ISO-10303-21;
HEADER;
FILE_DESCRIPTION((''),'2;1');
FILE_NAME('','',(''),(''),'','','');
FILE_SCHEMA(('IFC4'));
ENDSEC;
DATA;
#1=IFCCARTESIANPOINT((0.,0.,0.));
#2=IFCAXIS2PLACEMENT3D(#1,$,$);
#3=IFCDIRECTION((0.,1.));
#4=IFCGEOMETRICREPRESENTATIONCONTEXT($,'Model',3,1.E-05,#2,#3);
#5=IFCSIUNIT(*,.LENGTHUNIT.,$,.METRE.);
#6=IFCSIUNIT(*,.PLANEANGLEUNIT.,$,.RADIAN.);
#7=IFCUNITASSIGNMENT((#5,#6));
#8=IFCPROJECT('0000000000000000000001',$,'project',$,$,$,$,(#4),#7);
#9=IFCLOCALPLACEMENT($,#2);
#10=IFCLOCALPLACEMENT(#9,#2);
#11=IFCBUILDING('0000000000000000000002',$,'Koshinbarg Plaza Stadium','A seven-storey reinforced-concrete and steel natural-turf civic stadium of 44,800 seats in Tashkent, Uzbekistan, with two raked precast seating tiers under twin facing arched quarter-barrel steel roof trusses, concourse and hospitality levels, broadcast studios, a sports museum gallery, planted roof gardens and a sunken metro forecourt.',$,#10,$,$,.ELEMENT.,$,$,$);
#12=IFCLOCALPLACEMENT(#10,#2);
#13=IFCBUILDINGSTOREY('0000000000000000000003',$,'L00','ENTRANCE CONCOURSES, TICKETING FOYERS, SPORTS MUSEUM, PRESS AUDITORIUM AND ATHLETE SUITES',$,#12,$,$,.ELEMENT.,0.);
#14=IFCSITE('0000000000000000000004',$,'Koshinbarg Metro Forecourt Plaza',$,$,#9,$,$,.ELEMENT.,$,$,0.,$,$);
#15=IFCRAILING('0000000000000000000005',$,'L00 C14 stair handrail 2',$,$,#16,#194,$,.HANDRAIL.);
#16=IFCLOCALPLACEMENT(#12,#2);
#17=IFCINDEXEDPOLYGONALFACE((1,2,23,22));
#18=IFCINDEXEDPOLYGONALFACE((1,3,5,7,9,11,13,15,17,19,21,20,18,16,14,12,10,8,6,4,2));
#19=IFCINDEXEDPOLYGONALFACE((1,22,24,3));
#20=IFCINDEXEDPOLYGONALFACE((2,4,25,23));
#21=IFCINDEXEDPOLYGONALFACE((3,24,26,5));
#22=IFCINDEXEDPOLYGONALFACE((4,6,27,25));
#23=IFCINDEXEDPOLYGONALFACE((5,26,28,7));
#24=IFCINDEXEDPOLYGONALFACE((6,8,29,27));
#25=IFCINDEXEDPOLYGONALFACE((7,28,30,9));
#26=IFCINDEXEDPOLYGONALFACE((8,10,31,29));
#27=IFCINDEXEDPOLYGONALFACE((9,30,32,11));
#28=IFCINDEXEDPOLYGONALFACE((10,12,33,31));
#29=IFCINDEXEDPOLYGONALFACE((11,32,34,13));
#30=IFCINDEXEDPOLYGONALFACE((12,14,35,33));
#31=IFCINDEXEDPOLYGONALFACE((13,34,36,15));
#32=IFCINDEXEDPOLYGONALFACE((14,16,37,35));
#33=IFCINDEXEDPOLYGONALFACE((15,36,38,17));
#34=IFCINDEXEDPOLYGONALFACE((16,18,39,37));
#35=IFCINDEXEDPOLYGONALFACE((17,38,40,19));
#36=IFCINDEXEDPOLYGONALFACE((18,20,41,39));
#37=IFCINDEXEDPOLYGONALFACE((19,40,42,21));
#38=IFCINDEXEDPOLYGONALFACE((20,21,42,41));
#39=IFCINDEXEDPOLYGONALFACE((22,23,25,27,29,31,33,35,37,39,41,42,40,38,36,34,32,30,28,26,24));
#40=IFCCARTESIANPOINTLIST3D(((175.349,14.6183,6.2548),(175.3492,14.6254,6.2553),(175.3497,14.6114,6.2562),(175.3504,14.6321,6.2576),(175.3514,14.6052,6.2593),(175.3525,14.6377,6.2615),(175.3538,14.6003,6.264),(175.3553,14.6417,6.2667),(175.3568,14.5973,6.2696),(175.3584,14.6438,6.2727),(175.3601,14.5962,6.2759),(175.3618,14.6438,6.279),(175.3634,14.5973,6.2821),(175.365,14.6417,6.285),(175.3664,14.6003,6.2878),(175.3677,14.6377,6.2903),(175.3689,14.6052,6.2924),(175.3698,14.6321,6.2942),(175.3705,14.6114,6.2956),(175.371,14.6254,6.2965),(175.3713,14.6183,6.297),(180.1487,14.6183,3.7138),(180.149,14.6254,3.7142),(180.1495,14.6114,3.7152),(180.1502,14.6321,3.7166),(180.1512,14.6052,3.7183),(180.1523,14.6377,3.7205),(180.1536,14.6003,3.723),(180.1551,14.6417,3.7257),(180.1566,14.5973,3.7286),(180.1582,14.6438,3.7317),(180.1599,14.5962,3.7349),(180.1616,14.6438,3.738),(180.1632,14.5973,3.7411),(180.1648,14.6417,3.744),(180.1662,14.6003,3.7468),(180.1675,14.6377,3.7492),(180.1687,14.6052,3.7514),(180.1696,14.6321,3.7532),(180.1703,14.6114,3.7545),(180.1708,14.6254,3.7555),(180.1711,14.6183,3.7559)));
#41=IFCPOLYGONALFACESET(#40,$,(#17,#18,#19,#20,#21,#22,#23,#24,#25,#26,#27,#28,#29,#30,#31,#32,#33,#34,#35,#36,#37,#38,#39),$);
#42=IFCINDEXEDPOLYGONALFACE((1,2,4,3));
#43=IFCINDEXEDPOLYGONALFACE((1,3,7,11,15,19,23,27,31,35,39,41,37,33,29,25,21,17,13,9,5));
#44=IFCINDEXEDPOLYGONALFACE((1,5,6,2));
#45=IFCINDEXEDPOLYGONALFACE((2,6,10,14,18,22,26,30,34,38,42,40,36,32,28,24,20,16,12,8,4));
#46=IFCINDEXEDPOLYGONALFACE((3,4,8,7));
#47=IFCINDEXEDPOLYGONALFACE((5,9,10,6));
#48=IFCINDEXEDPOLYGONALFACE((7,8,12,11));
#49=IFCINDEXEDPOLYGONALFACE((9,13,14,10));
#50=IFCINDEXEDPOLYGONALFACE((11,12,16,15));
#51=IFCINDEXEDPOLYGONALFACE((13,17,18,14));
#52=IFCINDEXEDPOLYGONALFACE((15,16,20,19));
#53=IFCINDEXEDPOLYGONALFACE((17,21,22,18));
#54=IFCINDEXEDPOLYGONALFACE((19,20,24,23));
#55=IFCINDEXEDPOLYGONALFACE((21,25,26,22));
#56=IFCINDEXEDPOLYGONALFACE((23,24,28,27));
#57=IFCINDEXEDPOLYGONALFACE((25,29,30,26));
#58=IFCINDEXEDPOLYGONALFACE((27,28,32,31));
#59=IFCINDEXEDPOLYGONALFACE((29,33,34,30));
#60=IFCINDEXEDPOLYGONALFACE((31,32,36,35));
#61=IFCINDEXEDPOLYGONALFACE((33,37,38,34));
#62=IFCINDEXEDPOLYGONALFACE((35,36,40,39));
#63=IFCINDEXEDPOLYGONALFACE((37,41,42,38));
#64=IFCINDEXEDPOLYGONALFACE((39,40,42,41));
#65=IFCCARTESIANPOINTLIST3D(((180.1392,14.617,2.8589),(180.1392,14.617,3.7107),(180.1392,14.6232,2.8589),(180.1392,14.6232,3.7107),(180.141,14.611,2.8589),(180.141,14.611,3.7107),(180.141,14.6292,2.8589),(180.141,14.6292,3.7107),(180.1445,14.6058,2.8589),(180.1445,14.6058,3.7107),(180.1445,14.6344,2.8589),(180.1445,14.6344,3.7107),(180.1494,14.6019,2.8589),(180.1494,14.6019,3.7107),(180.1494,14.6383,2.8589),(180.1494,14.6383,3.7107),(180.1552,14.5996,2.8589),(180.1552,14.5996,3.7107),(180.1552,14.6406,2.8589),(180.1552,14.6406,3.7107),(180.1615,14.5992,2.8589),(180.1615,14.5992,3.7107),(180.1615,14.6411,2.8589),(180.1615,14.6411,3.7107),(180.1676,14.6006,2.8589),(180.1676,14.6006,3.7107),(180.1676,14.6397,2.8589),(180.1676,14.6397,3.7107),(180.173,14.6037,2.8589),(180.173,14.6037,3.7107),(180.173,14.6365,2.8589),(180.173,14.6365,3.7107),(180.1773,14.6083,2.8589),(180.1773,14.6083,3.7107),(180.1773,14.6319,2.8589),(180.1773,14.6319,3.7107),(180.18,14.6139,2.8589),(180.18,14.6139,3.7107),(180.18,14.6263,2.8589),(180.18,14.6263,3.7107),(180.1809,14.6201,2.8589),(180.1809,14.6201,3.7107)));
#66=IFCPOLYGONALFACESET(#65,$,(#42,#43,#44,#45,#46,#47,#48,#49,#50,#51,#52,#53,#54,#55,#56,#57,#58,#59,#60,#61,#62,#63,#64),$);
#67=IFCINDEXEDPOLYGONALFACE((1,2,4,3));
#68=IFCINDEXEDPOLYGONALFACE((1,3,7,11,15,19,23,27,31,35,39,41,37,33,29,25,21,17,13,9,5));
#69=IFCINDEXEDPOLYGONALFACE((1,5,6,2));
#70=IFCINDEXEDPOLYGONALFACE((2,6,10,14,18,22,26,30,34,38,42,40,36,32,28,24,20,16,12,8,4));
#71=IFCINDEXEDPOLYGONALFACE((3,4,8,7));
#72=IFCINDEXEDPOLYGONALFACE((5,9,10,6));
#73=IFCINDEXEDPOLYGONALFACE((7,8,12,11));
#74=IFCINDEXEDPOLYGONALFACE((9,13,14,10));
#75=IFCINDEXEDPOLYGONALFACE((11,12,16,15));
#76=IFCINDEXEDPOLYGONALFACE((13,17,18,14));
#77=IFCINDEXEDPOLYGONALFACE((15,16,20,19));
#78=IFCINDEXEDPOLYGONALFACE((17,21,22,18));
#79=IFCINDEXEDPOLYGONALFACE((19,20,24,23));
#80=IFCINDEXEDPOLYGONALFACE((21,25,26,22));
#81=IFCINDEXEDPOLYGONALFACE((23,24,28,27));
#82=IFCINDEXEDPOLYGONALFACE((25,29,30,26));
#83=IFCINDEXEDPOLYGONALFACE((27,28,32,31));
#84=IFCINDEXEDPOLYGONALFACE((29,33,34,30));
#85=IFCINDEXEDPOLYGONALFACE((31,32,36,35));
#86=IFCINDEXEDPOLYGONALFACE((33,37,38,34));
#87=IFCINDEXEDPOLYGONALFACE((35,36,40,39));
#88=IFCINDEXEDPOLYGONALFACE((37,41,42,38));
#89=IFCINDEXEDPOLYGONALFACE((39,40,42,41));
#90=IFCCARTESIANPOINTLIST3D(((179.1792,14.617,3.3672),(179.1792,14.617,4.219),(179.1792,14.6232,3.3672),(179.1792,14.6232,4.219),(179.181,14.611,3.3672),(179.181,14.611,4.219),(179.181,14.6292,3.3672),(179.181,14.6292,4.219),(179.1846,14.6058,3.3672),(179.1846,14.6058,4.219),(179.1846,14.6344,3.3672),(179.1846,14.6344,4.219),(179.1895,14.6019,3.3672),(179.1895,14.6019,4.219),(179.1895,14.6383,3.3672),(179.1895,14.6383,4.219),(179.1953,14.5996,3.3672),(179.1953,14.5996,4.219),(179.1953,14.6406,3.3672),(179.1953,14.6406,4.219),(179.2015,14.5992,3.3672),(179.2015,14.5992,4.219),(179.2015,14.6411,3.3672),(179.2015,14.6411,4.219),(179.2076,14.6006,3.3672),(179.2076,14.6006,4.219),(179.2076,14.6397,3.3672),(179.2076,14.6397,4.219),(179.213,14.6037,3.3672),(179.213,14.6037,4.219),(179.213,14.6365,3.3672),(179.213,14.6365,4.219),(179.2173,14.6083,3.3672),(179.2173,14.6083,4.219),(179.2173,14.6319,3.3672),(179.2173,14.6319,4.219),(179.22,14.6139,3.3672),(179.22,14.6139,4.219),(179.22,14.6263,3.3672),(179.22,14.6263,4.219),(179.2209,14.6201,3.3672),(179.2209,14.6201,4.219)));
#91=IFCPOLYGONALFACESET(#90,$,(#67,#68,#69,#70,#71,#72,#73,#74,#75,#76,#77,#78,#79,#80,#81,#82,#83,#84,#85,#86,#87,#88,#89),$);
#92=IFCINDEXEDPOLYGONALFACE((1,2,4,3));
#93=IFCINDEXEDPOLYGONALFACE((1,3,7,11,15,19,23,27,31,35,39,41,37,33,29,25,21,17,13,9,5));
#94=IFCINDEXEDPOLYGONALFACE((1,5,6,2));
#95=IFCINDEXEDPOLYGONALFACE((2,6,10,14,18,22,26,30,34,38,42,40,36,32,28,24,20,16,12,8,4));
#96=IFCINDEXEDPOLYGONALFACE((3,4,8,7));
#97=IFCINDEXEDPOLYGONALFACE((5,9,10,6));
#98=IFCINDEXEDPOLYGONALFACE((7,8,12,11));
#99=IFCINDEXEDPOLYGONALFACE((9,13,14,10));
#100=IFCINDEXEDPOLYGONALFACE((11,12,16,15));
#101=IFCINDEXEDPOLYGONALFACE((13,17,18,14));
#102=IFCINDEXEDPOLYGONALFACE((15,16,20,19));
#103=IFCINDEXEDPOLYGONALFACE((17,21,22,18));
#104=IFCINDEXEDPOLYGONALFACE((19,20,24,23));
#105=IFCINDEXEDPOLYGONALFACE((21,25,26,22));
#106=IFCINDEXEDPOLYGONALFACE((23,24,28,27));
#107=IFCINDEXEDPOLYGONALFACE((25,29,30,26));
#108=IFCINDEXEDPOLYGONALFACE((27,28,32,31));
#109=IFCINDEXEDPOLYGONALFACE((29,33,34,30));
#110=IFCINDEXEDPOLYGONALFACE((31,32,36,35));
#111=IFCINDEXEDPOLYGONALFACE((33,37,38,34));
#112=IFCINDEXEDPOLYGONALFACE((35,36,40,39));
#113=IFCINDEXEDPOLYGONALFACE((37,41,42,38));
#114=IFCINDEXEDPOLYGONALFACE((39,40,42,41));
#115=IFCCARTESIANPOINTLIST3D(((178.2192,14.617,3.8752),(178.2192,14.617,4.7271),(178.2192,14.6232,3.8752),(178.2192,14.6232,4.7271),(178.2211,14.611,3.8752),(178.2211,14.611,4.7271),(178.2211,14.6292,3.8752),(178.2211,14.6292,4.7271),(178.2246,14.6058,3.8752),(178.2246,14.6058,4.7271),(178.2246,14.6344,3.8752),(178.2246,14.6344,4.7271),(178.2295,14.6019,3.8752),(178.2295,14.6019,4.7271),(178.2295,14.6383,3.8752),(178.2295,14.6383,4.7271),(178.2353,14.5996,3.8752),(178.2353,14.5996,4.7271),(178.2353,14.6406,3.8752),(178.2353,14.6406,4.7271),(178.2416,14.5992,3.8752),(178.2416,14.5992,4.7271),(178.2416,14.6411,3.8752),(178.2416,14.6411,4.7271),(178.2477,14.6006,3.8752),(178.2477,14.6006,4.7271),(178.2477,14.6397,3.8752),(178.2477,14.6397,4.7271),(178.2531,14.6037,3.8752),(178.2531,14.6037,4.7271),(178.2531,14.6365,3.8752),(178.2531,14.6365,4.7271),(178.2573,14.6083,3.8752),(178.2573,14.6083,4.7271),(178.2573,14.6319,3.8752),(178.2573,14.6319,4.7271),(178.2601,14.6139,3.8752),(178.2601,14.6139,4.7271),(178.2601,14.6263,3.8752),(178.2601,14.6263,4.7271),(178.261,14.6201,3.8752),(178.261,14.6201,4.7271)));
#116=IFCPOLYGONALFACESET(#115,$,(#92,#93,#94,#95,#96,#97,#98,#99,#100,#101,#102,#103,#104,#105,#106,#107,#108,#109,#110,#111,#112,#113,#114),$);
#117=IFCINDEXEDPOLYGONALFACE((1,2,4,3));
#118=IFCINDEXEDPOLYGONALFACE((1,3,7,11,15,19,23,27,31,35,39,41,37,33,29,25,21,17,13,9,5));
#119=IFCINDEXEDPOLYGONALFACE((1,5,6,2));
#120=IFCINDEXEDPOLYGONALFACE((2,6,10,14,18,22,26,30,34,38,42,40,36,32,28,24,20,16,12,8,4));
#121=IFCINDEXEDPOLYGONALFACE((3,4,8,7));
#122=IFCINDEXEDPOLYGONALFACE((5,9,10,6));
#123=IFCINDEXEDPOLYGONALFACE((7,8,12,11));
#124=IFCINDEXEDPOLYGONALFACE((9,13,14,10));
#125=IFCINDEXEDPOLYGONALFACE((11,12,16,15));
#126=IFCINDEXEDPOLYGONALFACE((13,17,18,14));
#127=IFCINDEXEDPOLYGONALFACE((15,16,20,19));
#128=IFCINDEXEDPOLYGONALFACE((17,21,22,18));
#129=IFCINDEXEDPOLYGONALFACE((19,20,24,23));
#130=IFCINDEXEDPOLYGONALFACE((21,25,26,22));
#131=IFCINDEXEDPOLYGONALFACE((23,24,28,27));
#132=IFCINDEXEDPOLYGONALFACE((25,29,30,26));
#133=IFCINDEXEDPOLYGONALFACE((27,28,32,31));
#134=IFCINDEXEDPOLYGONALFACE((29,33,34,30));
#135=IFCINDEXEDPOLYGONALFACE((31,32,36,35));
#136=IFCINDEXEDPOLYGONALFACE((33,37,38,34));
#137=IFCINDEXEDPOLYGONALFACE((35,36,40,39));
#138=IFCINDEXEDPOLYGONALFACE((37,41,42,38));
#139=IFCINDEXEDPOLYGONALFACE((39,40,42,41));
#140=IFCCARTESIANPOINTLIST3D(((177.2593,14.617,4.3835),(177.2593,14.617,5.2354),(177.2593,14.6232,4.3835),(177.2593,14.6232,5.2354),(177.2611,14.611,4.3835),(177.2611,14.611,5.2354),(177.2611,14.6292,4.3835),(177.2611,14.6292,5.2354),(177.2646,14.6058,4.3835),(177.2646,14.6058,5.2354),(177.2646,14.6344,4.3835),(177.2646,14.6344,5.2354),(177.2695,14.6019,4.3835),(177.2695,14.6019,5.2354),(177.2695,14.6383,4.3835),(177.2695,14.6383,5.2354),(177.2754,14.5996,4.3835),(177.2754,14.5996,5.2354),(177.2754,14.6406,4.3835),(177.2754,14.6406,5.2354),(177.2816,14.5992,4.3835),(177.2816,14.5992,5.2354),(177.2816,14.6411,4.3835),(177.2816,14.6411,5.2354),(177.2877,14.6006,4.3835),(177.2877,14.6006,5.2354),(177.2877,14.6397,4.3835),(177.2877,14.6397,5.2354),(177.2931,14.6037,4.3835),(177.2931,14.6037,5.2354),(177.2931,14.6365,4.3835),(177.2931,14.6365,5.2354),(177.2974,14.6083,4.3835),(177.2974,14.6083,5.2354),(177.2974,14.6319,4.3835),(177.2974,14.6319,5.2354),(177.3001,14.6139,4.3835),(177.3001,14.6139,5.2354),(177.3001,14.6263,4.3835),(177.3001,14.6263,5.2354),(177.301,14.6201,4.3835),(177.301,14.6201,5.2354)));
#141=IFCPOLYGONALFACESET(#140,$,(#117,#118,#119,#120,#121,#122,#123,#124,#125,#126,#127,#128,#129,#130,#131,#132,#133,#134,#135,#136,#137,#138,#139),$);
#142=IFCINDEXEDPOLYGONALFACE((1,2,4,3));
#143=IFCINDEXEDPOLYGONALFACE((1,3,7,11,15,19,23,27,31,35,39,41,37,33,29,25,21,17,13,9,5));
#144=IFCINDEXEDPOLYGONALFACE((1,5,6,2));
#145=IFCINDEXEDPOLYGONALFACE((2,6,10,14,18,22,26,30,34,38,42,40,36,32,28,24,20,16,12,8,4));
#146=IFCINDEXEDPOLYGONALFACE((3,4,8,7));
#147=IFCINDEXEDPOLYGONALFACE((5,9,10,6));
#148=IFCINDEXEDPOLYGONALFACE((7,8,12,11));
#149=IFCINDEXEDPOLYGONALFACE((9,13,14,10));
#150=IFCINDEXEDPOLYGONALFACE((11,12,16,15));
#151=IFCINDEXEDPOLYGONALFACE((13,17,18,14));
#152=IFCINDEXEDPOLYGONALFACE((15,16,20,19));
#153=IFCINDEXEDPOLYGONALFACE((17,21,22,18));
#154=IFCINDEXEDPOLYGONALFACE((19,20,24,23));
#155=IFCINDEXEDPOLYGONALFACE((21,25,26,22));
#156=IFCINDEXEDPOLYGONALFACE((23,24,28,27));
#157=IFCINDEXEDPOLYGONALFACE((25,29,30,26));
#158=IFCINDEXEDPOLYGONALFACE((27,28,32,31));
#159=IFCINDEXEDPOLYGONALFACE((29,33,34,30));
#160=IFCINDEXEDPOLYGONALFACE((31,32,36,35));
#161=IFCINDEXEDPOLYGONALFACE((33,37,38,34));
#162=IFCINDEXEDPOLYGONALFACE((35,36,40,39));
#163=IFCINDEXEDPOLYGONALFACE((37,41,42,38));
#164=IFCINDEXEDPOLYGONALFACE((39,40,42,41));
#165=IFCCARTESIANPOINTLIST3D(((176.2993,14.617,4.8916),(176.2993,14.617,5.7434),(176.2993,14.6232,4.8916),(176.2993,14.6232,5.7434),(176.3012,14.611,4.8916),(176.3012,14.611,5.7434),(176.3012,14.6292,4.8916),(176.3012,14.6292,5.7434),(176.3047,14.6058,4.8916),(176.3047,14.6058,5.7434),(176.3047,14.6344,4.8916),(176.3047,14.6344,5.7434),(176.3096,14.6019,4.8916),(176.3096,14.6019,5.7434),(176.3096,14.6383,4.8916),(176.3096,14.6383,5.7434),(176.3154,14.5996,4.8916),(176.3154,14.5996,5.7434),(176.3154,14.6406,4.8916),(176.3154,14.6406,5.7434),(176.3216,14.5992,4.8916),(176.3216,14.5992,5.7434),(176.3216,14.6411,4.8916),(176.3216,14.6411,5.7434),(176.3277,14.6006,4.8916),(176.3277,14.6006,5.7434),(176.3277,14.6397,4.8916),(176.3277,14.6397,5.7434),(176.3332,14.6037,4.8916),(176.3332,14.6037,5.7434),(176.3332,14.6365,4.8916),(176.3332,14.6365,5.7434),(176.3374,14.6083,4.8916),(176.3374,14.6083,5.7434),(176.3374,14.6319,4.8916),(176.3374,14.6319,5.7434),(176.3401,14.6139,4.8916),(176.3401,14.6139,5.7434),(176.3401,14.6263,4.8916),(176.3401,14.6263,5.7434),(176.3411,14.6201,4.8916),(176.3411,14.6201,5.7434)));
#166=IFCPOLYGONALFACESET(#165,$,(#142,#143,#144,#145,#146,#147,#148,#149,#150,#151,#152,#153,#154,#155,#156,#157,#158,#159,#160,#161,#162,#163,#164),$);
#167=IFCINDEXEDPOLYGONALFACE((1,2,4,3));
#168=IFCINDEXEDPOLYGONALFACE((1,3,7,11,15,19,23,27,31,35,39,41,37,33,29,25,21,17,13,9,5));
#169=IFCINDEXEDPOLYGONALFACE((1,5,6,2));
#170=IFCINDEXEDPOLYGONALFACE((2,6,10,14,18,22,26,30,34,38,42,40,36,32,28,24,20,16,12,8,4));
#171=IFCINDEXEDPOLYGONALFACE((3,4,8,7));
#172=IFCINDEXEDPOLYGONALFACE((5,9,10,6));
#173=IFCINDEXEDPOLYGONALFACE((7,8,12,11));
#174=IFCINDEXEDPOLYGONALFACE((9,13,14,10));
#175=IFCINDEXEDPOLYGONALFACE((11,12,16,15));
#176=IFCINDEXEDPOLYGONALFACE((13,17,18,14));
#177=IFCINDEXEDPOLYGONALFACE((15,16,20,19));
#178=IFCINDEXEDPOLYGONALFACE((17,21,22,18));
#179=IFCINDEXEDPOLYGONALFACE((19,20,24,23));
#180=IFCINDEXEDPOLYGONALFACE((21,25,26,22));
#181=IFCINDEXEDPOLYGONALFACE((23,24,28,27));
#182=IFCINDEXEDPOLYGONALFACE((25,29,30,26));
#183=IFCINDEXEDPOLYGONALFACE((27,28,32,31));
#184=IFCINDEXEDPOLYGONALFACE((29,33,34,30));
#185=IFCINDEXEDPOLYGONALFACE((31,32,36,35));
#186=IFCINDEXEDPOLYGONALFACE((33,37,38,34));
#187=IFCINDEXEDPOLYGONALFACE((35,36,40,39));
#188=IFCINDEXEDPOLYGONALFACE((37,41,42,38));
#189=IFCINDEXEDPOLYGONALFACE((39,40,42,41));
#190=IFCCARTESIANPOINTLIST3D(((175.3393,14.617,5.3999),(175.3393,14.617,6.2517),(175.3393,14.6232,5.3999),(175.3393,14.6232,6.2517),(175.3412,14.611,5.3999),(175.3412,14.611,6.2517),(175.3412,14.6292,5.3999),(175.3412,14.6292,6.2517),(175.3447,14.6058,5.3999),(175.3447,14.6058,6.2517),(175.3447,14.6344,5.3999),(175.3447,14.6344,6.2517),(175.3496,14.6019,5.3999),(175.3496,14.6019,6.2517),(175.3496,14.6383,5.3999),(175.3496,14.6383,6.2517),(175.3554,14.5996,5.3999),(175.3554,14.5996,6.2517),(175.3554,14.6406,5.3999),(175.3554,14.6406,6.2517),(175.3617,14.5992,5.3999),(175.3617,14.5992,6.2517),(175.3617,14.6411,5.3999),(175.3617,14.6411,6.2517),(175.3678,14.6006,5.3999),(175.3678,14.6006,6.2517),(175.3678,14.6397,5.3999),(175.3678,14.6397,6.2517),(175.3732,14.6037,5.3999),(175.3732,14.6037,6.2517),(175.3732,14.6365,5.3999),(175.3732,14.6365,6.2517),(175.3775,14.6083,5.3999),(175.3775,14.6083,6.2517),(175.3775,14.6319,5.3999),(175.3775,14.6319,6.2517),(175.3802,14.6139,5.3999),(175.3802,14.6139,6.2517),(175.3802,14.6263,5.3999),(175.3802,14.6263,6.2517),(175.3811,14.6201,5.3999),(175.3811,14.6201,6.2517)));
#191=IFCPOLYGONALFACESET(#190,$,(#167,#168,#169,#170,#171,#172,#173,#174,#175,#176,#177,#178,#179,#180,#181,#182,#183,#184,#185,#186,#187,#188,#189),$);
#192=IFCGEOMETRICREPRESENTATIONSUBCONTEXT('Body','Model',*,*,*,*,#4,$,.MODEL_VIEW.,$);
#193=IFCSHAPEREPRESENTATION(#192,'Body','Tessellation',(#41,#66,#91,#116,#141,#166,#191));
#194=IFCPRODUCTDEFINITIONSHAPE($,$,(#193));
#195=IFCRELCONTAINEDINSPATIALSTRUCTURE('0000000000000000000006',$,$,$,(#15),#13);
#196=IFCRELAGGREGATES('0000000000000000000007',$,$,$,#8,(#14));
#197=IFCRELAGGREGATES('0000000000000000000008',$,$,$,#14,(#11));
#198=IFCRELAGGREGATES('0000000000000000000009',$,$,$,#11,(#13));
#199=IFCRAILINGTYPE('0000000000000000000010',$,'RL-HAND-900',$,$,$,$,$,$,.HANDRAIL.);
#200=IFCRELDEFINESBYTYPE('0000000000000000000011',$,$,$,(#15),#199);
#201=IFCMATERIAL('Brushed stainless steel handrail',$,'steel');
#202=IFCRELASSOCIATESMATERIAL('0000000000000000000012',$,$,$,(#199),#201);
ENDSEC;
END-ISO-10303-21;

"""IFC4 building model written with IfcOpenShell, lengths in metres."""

from ifc_helpers import new_model, si_unit, direction, frame, origin, origin_2d, place, context, subcontext, project, spatial, circle, extrude, material, type_object, element, save


model = new_model("IFC4")

# Units and contexts
model_context = context("Model", 3, precision=1e-05, world=origin(), true_north=direction((0.0, 1.0)))
body_context = subcontext(model_context, "Body", "Model", "MODEL_VIEW")
ifc_project = project(units=[si_unit("LENGTHUNIT", "METRE"), si_unit("PLANEANGLEUNIT", "RADIAN")], contexts=[model_context])

# Site, building, storey
site_placement = place(None, origin())
site = spatial("IfcSite", under=ifc_project, at=site_placement, Name="Koshinbarg Metro Forecourt Plaza", CompositionType="ELEMENT", RefElevation=0.0)
building_placement = place(site_placement, origin())
building = spatial("IfcBuilding", under=site, at=building_placement, Name="Koshinbarg Plaza Stadium", Description="A seven-storey reinforced-concrete and steel natural-turf civic stadium of 44,800 seats in Tashkent, Uzbekistan, with two raked precast seating tiers under twin facing arched quarter-barrel steel roof trusses, concourse and hospitality levels, broadcast studios, a sports museum gallery, planted roof gardens and a sunken metro forecourt.", CompositionType="ELEMENT")
storey_placement = place(building_placement, origin())
storey = spatial("IfcBuildingStorey", under=building, at=storey_placement, Name="L00", Description="ENTRANCE CONCOURSES, TICKETING FOYERS, SPORTS MUSEUM, PRESS AUDITORIUM AND ATHLETE SUITES", CompositionType="ELEMENT", Elevation=0.0)

# Railing
ifc_material_1 = material(Name="Brushed stainless steel handrail", Category="steel")
railing_type_1 = type_object("IfcRailingType", Name="RL-HAND-900", PredefinedType="HANDRAIL", material=ifc_material_1)
railing_1_placement = place(storey_placement, frame((180.1599, 14.6201, 2.8589)))
element("IfcRailing", 1, at=railing_1_placement, inside=storey, type_object=railing_type_1, Name="L00 C14 stair handrail 2", PredefinedType="HANDRAIL", context=body_context, shape_type="SweptSolid", body=[
    extrude(circle(Radius=0.0239, at=origin_2d()), frame((0.0, 0.0, 0.876), z_axis=(-0.883792, 0.0, 0.467879), x_axis=(0.0, -1.0, 0.0)), (0.0, 0.0, 1.0), 5.4309),
    extrude(circle(Radius=0.021, at=origin_2d()), origin(), (0.0, 0.0, 1.0), 0.8518),
    extrude(circle(Radius=0.021, at=origin_2d()), frame((-0.96, 0.0, 0.5083)), (0.0, 0.0, 1.0), 0.8518),
    extrude(circle(Radius=0.021, at=origin_2d()), frame((-1.9199, 0.0, 1.0164)), (0.0, 0.0, 1.0), 0.8518),
    extrude(circle(Radius=0.021, at=origin_2d()), frame((-2.8799, 0.0, 1.5247)), (0.0, 0.0, 1.0), 0.8518),
    extrude(circle(Radius=0.021, at=origin_2d()), frame((-3.8398, 0.0, 2.0327)), (0.0, 0.0, 1.0), 0.8518),
    extrude(circle(Radius=0.021, at=origin_2d()), frame((-4.7998, 0.0, 2.541)), (0.0, 0.0, 1.0), 0.8518),
])

save(model, "model.ifc")
